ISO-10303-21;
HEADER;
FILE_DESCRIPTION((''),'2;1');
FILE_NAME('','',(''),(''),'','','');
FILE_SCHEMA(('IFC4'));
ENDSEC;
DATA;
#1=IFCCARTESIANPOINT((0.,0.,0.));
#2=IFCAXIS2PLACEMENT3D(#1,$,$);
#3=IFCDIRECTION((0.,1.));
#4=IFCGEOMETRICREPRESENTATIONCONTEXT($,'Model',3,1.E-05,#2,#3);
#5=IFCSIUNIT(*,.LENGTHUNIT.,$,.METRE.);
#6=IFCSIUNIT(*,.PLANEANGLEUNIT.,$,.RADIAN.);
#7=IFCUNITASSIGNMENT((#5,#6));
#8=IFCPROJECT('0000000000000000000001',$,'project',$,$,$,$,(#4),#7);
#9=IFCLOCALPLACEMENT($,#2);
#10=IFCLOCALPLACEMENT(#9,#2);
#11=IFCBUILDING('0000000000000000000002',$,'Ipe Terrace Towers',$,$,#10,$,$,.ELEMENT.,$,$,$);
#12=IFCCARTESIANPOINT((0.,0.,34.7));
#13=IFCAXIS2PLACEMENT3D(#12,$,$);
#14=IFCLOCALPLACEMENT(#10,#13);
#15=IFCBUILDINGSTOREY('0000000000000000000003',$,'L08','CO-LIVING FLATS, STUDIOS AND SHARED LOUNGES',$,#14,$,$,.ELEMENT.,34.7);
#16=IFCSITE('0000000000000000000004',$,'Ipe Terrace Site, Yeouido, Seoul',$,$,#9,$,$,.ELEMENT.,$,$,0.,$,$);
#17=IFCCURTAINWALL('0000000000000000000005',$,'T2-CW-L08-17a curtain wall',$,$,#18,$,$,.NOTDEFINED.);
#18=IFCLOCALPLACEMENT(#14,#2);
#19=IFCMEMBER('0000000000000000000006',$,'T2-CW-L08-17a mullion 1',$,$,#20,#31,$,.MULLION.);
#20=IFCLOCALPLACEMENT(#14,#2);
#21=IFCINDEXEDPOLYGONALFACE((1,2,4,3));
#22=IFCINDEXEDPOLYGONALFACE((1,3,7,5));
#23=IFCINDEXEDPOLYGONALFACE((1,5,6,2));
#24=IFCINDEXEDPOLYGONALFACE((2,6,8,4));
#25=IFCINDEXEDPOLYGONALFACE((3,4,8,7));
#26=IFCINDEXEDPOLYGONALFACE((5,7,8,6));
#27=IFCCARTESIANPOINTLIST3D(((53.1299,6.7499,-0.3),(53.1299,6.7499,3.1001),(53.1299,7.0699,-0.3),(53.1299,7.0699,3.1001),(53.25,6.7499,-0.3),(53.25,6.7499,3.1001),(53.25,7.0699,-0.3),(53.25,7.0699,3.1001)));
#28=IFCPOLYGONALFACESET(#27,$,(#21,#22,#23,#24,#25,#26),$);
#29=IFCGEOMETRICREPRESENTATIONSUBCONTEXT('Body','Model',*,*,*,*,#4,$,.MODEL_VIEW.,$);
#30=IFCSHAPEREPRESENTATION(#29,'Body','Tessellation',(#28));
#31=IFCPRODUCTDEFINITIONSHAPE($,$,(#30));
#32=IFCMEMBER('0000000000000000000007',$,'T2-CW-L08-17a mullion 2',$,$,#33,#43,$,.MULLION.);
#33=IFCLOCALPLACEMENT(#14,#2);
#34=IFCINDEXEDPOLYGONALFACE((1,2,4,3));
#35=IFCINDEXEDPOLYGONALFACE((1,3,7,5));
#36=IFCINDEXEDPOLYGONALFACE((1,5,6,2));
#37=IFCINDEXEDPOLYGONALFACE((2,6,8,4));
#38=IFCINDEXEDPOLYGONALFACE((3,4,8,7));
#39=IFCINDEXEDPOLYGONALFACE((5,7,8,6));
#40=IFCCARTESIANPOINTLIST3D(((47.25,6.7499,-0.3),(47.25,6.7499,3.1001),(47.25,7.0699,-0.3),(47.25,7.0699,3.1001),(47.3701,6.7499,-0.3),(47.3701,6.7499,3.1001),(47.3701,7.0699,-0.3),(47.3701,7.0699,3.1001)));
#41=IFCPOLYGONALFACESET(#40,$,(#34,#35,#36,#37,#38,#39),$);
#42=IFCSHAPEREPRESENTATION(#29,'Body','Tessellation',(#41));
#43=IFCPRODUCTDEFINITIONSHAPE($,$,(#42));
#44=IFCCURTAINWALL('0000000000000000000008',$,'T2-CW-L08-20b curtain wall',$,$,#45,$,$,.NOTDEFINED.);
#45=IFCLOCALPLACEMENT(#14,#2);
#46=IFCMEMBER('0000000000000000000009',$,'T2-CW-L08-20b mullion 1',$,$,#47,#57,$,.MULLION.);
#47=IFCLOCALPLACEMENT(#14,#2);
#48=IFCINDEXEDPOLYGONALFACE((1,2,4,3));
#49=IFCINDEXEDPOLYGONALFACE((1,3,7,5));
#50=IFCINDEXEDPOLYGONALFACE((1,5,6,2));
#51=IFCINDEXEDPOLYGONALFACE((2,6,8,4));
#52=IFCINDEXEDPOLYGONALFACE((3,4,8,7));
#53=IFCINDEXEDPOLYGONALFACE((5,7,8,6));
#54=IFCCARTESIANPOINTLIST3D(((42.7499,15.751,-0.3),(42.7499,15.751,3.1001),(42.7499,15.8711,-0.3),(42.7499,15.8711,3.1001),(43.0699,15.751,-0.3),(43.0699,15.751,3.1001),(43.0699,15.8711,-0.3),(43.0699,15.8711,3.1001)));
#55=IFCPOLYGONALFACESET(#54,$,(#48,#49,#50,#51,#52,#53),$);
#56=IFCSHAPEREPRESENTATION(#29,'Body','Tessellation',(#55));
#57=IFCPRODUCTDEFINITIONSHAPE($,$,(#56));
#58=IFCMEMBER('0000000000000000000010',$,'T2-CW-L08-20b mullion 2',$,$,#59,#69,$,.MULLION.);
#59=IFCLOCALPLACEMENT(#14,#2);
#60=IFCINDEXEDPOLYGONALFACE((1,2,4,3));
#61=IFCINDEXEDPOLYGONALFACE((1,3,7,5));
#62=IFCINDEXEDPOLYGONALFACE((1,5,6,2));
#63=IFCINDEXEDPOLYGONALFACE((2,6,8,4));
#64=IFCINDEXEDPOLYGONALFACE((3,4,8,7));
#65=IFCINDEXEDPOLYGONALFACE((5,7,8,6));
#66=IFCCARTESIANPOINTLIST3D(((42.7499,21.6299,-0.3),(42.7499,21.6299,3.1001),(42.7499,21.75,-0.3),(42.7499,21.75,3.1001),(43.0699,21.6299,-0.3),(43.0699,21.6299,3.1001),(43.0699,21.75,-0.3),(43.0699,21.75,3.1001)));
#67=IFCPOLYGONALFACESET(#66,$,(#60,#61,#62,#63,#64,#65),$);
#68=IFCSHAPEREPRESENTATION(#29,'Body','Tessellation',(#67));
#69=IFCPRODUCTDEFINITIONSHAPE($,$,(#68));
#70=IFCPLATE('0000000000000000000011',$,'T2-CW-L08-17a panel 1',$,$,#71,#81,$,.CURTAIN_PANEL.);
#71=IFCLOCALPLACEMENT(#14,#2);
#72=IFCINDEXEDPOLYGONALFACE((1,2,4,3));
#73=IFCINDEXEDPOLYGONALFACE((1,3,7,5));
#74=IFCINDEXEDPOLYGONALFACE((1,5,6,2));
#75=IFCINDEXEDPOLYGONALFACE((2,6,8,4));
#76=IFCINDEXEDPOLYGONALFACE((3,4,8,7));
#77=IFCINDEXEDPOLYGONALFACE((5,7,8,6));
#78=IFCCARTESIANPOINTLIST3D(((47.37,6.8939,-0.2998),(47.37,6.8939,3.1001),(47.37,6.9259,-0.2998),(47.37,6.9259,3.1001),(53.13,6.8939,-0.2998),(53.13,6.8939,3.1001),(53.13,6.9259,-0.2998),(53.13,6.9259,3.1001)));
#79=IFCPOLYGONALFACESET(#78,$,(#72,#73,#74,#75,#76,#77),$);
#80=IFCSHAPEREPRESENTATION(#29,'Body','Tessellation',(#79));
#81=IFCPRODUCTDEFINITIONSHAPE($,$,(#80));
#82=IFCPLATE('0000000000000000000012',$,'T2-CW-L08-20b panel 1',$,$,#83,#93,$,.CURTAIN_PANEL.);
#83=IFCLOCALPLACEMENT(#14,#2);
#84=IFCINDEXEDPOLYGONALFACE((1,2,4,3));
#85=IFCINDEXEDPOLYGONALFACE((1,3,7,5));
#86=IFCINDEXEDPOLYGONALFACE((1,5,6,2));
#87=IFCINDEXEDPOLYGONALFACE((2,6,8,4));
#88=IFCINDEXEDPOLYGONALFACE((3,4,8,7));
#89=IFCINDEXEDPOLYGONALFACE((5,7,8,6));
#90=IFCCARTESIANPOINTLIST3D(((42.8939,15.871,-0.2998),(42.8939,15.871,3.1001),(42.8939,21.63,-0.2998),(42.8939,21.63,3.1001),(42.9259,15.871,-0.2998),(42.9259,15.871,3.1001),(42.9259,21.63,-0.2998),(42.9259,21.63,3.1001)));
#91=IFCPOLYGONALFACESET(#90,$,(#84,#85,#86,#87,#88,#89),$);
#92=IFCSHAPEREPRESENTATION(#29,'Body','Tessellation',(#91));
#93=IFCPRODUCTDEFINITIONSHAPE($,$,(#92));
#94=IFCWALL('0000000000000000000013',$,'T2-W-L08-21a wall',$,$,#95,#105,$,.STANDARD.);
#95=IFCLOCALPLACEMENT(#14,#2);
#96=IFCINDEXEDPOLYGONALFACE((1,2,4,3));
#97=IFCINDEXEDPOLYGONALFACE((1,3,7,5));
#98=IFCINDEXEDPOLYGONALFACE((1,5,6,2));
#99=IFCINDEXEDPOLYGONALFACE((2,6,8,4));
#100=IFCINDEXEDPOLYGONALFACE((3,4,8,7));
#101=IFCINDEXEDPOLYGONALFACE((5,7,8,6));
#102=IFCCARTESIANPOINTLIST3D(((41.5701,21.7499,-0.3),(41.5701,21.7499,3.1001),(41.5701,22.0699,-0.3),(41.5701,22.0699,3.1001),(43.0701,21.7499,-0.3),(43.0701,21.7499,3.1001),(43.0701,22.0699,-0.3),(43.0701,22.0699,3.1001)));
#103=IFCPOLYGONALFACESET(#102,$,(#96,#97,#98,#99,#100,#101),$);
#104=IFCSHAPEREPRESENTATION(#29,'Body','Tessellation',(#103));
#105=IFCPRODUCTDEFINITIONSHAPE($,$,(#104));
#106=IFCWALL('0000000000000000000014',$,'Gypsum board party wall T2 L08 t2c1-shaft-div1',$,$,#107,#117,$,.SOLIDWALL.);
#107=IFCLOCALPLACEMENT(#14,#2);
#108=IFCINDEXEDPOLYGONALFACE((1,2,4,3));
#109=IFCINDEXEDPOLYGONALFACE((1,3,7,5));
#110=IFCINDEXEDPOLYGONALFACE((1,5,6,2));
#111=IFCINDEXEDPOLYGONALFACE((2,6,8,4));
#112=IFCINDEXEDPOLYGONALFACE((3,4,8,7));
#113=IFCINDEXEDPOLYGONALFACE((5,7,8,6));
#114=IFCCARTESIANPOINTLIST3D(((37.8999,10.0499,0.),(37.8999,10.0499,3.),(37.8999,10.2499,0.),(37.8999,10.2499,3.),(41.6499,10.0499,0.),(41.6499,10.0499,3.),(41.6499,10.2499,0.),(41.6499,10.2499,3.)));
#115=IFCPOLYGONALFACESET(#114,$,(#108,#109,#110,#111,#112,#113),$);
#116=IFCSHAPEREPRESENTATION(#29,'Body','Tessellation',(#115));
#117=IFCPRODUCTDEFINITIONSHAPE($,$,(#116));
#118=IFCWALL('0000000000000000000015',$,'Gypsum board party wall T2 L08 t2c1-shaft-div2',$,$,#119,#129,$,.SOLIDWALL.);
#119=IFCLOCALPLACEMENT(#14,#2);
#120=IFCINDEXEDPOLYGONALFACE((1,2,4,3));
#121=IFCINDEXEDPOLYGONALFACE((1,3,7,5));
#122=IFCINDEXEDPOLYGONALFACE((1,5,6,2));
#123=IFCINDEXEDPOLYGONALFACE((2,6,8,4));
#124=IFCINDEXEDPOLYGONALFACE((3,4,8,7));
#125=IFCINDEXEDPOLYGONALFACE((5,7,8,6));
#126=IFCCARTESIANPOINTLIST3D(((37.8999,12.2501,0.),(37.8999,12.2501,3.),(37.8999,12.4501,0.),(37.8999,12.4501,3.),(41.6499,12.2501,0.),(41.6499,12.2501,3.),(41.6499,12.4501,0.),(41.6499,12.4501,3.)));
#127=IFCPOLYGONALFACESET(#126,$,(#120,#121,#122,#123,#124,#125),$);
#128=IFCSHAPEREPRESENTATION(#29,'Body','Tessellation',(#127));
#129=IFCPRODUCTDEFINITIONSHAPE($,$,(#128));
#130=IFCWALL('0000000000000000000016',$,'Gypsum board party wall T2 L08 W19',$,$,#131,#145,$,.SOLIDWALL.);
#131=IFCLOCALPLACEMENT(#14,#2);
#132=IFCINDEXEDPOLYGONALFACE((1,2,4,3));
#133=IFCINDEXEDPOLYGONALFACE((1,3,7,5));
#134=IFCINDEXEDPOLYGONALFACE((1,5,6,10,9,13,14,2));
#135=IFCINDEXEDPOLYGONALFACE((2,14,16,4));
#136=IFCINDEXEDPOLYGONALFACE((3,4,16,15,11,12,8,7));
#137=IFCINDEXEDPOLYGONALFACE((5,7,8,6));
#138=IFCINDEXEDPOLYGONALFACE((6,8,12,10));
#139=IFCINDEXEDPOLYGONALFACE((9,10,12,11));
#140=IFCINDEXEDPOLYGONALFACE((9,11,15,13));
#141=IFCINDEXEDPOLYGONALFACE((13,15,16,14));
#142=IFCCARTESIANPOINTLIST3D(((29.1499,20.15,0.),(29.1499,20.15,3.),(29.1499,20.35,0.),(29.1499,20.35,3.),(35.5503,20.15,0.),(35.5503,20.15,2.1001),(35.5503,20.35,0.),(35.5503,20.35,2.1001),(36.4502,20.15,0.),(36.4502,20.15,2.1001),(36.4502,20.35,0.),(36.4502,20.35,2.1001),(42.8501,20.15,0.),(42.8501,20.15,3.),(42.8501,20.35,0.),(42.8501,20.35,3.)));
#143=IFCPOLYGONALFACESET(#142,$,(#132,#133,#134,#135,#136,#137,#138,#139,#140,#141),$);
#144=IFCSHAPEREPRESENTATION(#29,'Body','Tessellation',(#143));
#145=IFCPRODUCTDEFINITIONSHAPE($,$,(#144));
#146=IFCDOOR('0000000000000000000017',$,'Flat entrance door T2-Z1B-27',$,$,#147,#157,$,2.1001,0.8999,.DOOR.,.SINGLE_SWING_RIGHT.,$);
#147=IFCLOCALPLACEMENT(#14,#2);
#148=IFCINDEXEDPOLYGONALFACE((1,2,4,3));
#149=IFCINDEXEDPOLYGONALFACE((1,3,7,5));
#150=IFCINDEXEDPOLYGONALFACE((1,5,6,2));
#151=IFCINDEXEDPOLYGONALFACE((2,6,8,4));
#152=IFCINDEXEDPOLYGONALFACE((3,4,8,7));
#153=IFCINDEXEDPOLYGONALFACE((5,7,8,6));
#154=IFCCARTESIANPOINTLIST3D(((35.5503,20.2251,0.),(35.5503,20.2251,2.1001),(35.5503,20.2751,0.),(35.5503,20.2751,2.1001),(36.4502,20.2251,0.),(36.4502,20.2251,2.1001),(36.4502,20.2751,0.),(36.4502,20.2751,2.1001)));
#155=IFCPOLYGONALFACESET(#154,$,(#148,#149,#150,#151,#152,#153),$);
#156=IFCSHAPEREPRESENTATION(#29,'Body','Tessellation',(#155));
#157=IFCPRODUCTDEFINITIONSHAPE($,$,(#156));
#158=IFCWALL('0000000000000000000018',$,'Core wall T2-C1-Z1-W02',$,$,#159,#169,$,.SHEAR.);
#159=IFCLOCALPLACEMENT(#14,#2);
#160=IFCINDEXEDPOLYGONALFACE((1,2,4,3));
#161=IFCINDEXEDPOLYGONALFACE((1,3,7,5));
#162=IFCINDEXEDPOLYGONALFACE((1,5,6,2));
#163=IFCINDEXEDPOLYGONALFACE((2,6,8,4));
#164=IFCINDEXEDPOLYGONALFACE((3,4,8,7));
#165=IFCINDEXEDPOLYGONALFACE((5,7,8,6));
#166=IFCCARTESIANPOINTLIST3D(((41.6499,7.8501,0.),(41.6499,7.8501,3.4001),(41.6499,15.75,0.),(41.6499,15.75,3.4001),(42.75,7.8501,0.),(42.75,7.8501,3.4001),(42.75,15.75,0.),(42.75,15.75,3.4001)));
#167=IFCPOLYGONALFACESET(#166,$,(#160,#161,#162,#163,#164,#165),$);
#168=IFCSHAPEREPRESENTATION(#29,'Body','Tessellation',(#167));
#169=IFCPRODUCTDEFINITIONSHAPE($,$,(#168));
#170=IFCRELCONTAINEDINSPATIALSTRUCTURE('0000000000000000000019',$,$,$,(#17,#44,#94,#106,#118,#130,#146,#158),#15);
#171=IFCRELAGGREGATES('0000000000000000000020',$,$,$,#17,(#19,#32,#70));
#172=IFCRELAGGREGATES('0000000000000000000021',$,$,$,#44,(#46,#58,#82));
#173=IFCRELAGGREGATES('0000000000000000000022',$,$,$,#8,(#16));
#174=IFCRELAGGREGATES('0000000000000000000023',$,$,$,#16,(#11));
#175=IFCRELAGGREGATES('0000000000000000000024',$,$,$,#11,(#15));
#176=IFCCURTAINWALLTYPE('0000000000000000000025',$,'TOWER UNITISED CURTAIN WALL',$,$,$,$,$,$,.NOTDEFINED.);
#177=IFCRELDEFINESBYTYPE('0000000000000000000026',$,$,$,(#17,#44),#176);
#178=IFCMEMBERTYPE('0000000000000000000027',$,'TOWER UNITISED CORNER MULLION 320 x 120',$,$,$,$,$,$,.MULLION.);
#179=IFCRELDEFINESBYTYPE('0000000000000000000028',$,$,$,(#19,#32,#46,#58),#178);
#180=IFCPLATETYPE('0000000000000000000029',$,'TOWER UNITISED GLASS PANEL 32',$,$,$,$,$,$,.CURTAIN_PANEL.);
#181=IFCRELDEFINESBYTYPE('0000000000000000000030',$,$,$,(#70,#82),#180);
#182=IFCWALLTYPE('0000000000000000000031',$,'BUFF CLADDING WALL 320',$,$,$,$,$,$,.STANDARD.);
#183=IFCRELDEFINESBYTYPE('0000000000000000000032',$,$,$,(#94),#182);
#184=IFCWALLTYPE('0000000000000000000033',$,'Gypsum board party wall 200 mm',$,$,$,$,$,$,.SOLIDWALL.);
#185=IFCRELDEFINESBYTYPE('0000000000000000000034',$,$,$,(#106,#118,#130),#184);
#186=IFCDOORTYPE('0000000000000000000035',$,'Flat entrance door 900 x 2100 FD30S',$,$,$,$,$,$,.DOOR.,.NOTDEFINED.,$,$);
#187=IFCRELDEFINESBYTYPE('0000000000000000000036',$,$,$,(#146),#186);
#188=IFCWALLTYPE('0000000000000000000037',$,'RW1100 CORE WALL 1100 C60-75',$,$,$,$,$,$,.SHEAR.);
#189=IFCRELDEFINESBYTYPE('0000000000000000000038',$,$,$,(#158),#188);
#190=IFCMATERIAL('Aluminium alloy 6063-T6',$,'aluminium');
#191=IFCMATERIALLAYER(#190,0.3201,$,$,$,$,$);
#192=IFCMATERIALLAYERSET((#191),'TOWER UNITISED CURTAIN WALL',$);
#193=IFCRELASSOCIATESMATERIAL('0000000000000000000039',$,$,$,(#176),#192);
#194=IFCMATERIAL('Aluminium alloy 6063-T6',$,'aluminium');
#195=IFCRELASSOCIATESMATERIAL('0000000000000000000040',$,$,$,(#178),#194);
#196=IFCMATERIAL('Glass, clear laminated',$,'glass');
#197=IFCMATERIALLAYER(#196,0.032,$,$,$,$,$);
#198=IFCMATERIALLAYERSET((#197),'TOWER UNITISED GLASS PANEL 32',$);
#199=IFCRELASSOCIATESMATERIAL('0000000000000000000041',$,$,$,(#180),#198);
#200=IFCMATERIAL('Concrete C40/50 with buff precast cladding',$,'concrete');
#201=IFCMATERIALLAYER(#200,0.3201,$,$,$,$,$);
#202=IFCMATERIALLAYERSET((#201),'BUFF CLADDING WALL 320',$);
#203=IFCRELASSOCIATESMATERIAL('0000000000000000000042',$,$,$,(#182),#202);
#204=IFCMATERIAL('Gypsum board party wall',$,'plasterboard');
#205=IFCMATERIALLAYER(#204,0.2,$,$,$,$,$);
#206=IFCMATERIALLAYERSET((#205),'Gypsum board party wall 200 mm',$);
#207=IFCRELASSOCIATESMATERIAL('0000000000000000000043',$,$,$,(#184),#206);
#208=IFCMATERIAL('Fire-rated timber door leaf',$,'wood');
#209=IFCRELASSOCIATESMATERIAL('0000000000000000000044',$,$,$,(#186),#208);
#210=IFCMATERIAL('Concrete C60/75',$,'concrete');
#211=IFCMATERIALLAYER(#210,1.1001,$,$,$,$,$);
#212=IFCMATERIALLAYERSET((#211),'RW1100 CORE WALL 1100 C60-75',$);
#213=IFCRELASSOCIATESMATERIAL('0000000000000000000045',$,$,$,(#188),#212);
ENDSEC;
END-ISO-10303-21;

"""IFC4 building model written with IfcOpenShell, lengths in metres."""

from ifc_helpers import new_model, si_unit, direction, frame, frame_2d, origin, origin_2d, place, context, subcontext, project, spatial, rectangle, extrude, material, layer, layer_set, material_profile, profile_set, type_object, element, fill, aggregate, save


model = new_model("IFC4")

# Units and contexts
model_context = context("Model", 3, precision=1e-05, world=origin(), true_north=direction((0.0, 1.0)))
body_context = subcontext(model_context, "Body", "Model", "MODEL_VIEW")
ifc_project = project(units=[si_unit("LENGTHUNIT", "METRE"), si_unit("PLANEANGLEUNIT", "RADIAN")], contexts=[model_context])

# Site, building, storey
site_placement = place(None, origin())
site = spatial("IfcSite", under=ifc_project, at=site_placement, Name="Ipe Terrace Site, Yeouido, Seoul", CompositionType="ELEMENT", RefElevation=0.0)
building_placement = place(site_placement, origin())
building = spatial("IfcBuilding", under=site, at=building_placement, Name="Ipe Terrace Towers", CompositionType="ELEMENT")
storey_placement = place(building_placement, frame((0.0, 0.0, 34.7)))
storey = spatial("IfcBuildingStorey", under=building, at=storey_placement, Name="L08", Description="CO-LIVING FLATS, STUDIOS AND SHARED LOUNGES", CompositionType="ELEMENT", Elevation=34.7)

# Curtain walls, members
ifc_material_1 = material(Name="Aluminium alloy 6063-T6", Category="aluminium")
ifc_layer_1 = layer(ifc_material_1, 0.3201)
ifc_layer_set_1 = layer_set([ifc_layer_1], Name="TOWER UNITISED CURTAIN WALL")
curtain_wall_type = type_object("IfcCurtainWallType", Name="TOWER UNITISED CURTAIN WALL", PredefinedType="NOTDEFINED", material=ifc_layer_set_1)
curtain_wall_1_placement = place(storey_placement, origin())
curtain_wall_1 = element("IfcCurtainWall", 1, at=curtain_wall_1_placement, inside=storey, type_object=curtain_wall_type, Name="T2-CW-L08-17a curtain wall", PredefinedType="NOTDEFINED")
ifc_material_2 = material(Name="Aluminium alloy 6063-T6", Category="aluminium")
ifc_material_profile_1 = material_profile(ifc_material_2, rectangle(XDim=0.3201, YDim=0.1201, at=origin_2d()), Name="TOWER UNITISED CORNER MULLION 320 x 120")
ifc_profile_set_1 = profile_set([ifc_material_profile_1], Name="Aluminium alloy 6063-T6")
member_type = type_object("IfcMemberType", Name="TOWER UNITISED CORNER MULLION 320 x 120", PredefinedType="MULLION", material=ifc_profile_set_1)
member_1_placement = place(storey_placement, frame((53.1899, 6.9099, -0.3), z_axis=(0.0, 0.0, 1.0), x_axis=(0.0, 1.0, 0.0)))
member_1 = element("IfcMember", 2, at=member_1_placement, type_object=member_type, Name="T2-CW-L08-17a mullion 1", PredefinedType="MULLION", context=body_context, shape_type="SweptSolid", body=[
    extrude(rectangle(XDim=0.3201, YDim=0.1201, at=origin_2d()), origin(), (0.0, 0.0, 1.0), 3.4001),
])
member_2_placement = place(storey_placement, frame((47.3101, 6.9099, -0.3), z_axis=(0.0, 0.0, 1.0), x_axis=(0.0, 1.0, 0.0)))
member_2 = element("IfcMember", 3, at=member_2_placement, type_object=member_type, Name="T2-CW-L08-17a mullion 2", PredefinedType="MULLION", context=body_context, shape_type="SweptSolid", body=[
    extrude(rectangle(XDim=0.3201, YDim=0.1201, at=origin_2d()), origin(), (0.0, 0.0, 1.0), 3.4001),
])
curtain_wall_2_placement = place(storey_placement, origin())
curtain_wall_2 = element("IfcCurtainWall", 4, at=curtain_wall_2_placement, inside=storey, type_object=curtain_wall_type, Name="T2-CW-L08-20b curtain wall", PredefinedType="NOTDEFINED")
member_3_placement = place(storey_placement, frame((42.9099, 15.811, -0.3), z_axis=(0.0, 0.0, 1.0), x_axis=(1.0, 0.0, 0.0)))
member_3 = element("IfcMember", 5, at=member_3_placement, type_object=member_type, Name="T2-CW-L08-20b mullion 1", PredefinedType="MULLION", context=body_context, shape_type="SweptSolid", body=[
    extrude(rectangle(XDim=0.3201, YDim=0.1201, at=origin_2d()), origin(), (0.0, 0.0, 1.0), 3.4001),
])
member_4_placement = place(storey_placement, frame((42.9099, 21.6899, -0.3), z_axis=(0.0, 0.0, 1.0), x_axis=(1.0, 0.0, 0.0)))
member_4 = element("IfcMember", 6, at=member_4_placement, type_object=member_type, Name="T2-CW-L08-20b mullion 2", PredefinedType="MULLION", context=body_context, shape_type="SweptSolid", body=[
    extrude(rectangle(XDim=0.3201, YDim=0.1201, at=origin_2d()), origin(), (0.0, 0.0, 1.0), 3.4001),
])

# Plates
ifc_material_3 = material(Name="Glass, clear laminated", Category="glass")
ifc_layer_2 = layer(ifc_material_3, 0.032)
ifc_layer_set_2 = layer_set([ifc_layer_2], Name="TOWER UNITISED GLASS PANEL 32")
plate_type = type_object("IfcPlateType", Name="TOWER UNITISED GLASS PANEL 32", PredefinedType="CURTAIN_PANEL", material=ifc_layer_set_2)
plate_1_placement = place(storey_placement, frame((50.25, 6.9099, -0.2998), z_axis=(0.0, 0.0, 1.0), x_axis=(-1.0, 0.0, 0.0)))
plate_1 = element("IfcPlate", 7, at=plate_1_placement, type_object=plate_type, Name="T2-CW-L08-17a panel 1", PredefinedType="CURTAIN_PANEL", context=body_context, shape_type="SweptSolid", body=[
    extrude(rectangle(XDim=5.76, YDim=0.032, at=origin_2d()), origin(), (0.0, 0.0, 1.0), 3.3999),
])
aggregate(curtain_wall_1, [member_1, member_2, plate_1])
plate_2_placement = place(storey_placement, frame((42.9099, 18.7505, -0.2998), z_axis=(0.0, 0.0, 1.0), x_axis=(0.0, 1.0, 0.0)))
plate_2 = element("IfcPlate", 8, at=plate_2_placement, type_object=plate_type, Name="T2-CW-L08-20b panel 1", PredefinedType="CURTAIN_PANEL", context=body_context, shape_type="SweptSolid", body=[
    extrude(rectangle(XDim=5.759, YDim=0.032, at=origin_2d()), origin(), (0.0, 0.0, 1.0), 3.3999),
])
aggregate(curtain_wall_2, [member_3, member_4, plate_2])

# Walls
ifc_material_4 = material(Name="Concrete C40/50 with buff precast cladding", Category="concrete")
ifc_layer_3 = layer(ifc_material_4, 0.3201)
ifc_layer_set_3 = layer_set([ifc_layer_3], Name="BUFF CLADDING WALL 320")
wall_type_1 = type_object("IfcWallType", Name="BUFF CLADDING WALL 320", PredefinedType="STANDARD", material=ifc_layer_set_3)
wall_1_placement = place(storey_placement, frame((43.0701, 21.9099, -0.3), z_axis=(0.0, 0.0, 1.0), x_axis=(-1.0, 0.0, 0.0)))
element("IfcWall", 9, at=wall_1_placement, inside=storey, type_object=wall_type_1, Name="T2-W-L08-21a wall", PredefinedType="STANDARD", context=body_context, shape_type="SweptSolid", body=[
    extrude(rectangle(XDim=1.5, YDim=0.3201, at=frame_2d((0.75, 0.0))), origin(), (0.0, 0.0, 1.0), 3.4001),
])
ifc_material_5 = material(Name="Gypsum board party wall", Category="plasterboard")
ifc_layer_4 = layer(ifc_material_5, 0.2)
ifc_layer_set_4 = layer_set([ifc_layer_4], Name="Gypsum board party wall 200 mm")
wall_type_2 = type_object("IfcWallType", Name="Gypsum board party wall 200 mm", PredefinedType="SOLIDWALL", material=ifc_layer_set_4)
for number, where, z_axis, x_axis, name in (
    (10, (41.6499, 10.1499, 0.0), (0.0, 0.0, 1.0), (-1.0, 0.0, 0.0), "Gypsum board party wall T2 L08 t2c1-shaft-div1"),
    (11, (41.6499, 12.3501, 0.0), (0.0, 0.0, 1.0), (-1.0, 0.0, 0.0), "Gypsum board party wall T2 L08 t2c1-shaft-div2"),
):
    element("IfcWall", number, at=place(storey_placement, frame(where, z_axis=z_axis, x_axis=x_axis)), inside=storey, type_object=wall_type_2, Name=name, PredefinedType="SOLIDWALL", context=body_context, shape_type="SweptSolid", body=[
        extrude(rectangle(XDim=3.75, YDim=0.2, at=frame_2d((1.875, 0.0))), origin(), (0.0, 0.0, 1.0), 3.0),
    ])

# Wall, opening, door
wall_2_placement = place(storey_placement, frame((42.8501, 20.25, 0.0), z_axis=(0.0, 0.0, 1.0), x_axis=(-1.0, 0.0, 0.0)))
wall_2 = element("IfcWall", 12, at=wall_2_placement, inside=storey, type_object=wall_type_2, Name="Gypsum board party wall T2 L08 W19", PredefinedType="SOLIDWALL", context=body_context, shape_type="SweptSolid", body=[
    extrude(rectangle(XDim=13.7002, YDim=0.2, at=frame_2d((6.8501, 0.0))), origin(), (0.0, 0.0, 1.0), 3.0),
])
opening_1_placement = place(wall_2_placement, frame((6.3999, 0.0, 0.0)))
opening_1 = element("IfcOpeningElement", 13, at=opening_1_placement, cuts=wall_2, PredefinedType="OPENING", context=body_context, shape_type="SweptSolid", body=[
    extrude(rectangle(XDim=0.8999, YDim=2.1001, at=frame_2d((0.45, 1.05))), frame((0.0, 0.1099, 0.0), z_axis=(0.0, -1.0, 0.0), x_axis=(1.0, 0.0, 0.0)), (0.0, 0.0, 1.0), 0.22),
])
ifc_material_6 = material(Name="Fire-rated timber door leaf", Category="wood")
door_type_1 = type_object("IfcDoorType", Name="Flat entrance door 900 x 2100 FD30S", OperationType="NOTDEFINED", PredefinedType="DOOR", material=ifc_material_6)
door_1_placement = place(opening_1_placement, origin())
door_1 = element("IfcDoor", 14, at=door_1_placement, inside=storey, type_object=door_type_1, Name="Flat entrance door T2-Z1B-27", OperationType="SINGLE_SWING_RIGHT", OverallHeight=2.1001, OverallWidth=0.8999, PredefinedType="DOOR", context=body_context, shape_type="SweptSolid", body=[
    extrude(rectangle(XDim=0.8999, YDim=2.1001, at=frame_2d((0.45, 1.05))), frame((0.0, 0.0249, 0.0), z_axis=(0.0, -1.0, 0.0), x_axis=(1.0, 0.0, 0.0)), (0.0, 0.0, 1.0), 0.05),
])
fill(opening_1, door_1)

# Wall
ifc_material_7 = material(Name="Concrete C60/75", Category="concrete")
ifc_layer_5 = layer(ifc_material_7, 1.1001)
ifc_layer_set_5 = layer_set([ifc_layer_5], Name="RW1100 CORE WALL 1100 C60-75")
wall_type_3 = type_object("IfcWallType", Name="RW1100 CORE WALL 1100 C60-75", PredefinedType="SHEAR", material=ifc_layer_set_5)
wall_3_placement = place(storey_placement, frame((42.2, 7.8501, 0.0), z_axis=(0.0, 0.0, 1.0), x_axis=(0.0, 1.0, 0.0)))
element("IfcWall", 15, at=wall_3_placement, inside=storey, type_object=wall_type_3, Name="Core wall T2-C1-Z1-W02", PredefinedType="SHEAR", context=body_context, shape_type="SweptSolid", body=[
    extrude(rectangle(XDim=7.8999, YDim=1.1001, at=frame_2d((3.95, 0.0))), origin(), (0.0, 0.0, 1.0), 3.4001),
])

save(model, "model.ifc")
